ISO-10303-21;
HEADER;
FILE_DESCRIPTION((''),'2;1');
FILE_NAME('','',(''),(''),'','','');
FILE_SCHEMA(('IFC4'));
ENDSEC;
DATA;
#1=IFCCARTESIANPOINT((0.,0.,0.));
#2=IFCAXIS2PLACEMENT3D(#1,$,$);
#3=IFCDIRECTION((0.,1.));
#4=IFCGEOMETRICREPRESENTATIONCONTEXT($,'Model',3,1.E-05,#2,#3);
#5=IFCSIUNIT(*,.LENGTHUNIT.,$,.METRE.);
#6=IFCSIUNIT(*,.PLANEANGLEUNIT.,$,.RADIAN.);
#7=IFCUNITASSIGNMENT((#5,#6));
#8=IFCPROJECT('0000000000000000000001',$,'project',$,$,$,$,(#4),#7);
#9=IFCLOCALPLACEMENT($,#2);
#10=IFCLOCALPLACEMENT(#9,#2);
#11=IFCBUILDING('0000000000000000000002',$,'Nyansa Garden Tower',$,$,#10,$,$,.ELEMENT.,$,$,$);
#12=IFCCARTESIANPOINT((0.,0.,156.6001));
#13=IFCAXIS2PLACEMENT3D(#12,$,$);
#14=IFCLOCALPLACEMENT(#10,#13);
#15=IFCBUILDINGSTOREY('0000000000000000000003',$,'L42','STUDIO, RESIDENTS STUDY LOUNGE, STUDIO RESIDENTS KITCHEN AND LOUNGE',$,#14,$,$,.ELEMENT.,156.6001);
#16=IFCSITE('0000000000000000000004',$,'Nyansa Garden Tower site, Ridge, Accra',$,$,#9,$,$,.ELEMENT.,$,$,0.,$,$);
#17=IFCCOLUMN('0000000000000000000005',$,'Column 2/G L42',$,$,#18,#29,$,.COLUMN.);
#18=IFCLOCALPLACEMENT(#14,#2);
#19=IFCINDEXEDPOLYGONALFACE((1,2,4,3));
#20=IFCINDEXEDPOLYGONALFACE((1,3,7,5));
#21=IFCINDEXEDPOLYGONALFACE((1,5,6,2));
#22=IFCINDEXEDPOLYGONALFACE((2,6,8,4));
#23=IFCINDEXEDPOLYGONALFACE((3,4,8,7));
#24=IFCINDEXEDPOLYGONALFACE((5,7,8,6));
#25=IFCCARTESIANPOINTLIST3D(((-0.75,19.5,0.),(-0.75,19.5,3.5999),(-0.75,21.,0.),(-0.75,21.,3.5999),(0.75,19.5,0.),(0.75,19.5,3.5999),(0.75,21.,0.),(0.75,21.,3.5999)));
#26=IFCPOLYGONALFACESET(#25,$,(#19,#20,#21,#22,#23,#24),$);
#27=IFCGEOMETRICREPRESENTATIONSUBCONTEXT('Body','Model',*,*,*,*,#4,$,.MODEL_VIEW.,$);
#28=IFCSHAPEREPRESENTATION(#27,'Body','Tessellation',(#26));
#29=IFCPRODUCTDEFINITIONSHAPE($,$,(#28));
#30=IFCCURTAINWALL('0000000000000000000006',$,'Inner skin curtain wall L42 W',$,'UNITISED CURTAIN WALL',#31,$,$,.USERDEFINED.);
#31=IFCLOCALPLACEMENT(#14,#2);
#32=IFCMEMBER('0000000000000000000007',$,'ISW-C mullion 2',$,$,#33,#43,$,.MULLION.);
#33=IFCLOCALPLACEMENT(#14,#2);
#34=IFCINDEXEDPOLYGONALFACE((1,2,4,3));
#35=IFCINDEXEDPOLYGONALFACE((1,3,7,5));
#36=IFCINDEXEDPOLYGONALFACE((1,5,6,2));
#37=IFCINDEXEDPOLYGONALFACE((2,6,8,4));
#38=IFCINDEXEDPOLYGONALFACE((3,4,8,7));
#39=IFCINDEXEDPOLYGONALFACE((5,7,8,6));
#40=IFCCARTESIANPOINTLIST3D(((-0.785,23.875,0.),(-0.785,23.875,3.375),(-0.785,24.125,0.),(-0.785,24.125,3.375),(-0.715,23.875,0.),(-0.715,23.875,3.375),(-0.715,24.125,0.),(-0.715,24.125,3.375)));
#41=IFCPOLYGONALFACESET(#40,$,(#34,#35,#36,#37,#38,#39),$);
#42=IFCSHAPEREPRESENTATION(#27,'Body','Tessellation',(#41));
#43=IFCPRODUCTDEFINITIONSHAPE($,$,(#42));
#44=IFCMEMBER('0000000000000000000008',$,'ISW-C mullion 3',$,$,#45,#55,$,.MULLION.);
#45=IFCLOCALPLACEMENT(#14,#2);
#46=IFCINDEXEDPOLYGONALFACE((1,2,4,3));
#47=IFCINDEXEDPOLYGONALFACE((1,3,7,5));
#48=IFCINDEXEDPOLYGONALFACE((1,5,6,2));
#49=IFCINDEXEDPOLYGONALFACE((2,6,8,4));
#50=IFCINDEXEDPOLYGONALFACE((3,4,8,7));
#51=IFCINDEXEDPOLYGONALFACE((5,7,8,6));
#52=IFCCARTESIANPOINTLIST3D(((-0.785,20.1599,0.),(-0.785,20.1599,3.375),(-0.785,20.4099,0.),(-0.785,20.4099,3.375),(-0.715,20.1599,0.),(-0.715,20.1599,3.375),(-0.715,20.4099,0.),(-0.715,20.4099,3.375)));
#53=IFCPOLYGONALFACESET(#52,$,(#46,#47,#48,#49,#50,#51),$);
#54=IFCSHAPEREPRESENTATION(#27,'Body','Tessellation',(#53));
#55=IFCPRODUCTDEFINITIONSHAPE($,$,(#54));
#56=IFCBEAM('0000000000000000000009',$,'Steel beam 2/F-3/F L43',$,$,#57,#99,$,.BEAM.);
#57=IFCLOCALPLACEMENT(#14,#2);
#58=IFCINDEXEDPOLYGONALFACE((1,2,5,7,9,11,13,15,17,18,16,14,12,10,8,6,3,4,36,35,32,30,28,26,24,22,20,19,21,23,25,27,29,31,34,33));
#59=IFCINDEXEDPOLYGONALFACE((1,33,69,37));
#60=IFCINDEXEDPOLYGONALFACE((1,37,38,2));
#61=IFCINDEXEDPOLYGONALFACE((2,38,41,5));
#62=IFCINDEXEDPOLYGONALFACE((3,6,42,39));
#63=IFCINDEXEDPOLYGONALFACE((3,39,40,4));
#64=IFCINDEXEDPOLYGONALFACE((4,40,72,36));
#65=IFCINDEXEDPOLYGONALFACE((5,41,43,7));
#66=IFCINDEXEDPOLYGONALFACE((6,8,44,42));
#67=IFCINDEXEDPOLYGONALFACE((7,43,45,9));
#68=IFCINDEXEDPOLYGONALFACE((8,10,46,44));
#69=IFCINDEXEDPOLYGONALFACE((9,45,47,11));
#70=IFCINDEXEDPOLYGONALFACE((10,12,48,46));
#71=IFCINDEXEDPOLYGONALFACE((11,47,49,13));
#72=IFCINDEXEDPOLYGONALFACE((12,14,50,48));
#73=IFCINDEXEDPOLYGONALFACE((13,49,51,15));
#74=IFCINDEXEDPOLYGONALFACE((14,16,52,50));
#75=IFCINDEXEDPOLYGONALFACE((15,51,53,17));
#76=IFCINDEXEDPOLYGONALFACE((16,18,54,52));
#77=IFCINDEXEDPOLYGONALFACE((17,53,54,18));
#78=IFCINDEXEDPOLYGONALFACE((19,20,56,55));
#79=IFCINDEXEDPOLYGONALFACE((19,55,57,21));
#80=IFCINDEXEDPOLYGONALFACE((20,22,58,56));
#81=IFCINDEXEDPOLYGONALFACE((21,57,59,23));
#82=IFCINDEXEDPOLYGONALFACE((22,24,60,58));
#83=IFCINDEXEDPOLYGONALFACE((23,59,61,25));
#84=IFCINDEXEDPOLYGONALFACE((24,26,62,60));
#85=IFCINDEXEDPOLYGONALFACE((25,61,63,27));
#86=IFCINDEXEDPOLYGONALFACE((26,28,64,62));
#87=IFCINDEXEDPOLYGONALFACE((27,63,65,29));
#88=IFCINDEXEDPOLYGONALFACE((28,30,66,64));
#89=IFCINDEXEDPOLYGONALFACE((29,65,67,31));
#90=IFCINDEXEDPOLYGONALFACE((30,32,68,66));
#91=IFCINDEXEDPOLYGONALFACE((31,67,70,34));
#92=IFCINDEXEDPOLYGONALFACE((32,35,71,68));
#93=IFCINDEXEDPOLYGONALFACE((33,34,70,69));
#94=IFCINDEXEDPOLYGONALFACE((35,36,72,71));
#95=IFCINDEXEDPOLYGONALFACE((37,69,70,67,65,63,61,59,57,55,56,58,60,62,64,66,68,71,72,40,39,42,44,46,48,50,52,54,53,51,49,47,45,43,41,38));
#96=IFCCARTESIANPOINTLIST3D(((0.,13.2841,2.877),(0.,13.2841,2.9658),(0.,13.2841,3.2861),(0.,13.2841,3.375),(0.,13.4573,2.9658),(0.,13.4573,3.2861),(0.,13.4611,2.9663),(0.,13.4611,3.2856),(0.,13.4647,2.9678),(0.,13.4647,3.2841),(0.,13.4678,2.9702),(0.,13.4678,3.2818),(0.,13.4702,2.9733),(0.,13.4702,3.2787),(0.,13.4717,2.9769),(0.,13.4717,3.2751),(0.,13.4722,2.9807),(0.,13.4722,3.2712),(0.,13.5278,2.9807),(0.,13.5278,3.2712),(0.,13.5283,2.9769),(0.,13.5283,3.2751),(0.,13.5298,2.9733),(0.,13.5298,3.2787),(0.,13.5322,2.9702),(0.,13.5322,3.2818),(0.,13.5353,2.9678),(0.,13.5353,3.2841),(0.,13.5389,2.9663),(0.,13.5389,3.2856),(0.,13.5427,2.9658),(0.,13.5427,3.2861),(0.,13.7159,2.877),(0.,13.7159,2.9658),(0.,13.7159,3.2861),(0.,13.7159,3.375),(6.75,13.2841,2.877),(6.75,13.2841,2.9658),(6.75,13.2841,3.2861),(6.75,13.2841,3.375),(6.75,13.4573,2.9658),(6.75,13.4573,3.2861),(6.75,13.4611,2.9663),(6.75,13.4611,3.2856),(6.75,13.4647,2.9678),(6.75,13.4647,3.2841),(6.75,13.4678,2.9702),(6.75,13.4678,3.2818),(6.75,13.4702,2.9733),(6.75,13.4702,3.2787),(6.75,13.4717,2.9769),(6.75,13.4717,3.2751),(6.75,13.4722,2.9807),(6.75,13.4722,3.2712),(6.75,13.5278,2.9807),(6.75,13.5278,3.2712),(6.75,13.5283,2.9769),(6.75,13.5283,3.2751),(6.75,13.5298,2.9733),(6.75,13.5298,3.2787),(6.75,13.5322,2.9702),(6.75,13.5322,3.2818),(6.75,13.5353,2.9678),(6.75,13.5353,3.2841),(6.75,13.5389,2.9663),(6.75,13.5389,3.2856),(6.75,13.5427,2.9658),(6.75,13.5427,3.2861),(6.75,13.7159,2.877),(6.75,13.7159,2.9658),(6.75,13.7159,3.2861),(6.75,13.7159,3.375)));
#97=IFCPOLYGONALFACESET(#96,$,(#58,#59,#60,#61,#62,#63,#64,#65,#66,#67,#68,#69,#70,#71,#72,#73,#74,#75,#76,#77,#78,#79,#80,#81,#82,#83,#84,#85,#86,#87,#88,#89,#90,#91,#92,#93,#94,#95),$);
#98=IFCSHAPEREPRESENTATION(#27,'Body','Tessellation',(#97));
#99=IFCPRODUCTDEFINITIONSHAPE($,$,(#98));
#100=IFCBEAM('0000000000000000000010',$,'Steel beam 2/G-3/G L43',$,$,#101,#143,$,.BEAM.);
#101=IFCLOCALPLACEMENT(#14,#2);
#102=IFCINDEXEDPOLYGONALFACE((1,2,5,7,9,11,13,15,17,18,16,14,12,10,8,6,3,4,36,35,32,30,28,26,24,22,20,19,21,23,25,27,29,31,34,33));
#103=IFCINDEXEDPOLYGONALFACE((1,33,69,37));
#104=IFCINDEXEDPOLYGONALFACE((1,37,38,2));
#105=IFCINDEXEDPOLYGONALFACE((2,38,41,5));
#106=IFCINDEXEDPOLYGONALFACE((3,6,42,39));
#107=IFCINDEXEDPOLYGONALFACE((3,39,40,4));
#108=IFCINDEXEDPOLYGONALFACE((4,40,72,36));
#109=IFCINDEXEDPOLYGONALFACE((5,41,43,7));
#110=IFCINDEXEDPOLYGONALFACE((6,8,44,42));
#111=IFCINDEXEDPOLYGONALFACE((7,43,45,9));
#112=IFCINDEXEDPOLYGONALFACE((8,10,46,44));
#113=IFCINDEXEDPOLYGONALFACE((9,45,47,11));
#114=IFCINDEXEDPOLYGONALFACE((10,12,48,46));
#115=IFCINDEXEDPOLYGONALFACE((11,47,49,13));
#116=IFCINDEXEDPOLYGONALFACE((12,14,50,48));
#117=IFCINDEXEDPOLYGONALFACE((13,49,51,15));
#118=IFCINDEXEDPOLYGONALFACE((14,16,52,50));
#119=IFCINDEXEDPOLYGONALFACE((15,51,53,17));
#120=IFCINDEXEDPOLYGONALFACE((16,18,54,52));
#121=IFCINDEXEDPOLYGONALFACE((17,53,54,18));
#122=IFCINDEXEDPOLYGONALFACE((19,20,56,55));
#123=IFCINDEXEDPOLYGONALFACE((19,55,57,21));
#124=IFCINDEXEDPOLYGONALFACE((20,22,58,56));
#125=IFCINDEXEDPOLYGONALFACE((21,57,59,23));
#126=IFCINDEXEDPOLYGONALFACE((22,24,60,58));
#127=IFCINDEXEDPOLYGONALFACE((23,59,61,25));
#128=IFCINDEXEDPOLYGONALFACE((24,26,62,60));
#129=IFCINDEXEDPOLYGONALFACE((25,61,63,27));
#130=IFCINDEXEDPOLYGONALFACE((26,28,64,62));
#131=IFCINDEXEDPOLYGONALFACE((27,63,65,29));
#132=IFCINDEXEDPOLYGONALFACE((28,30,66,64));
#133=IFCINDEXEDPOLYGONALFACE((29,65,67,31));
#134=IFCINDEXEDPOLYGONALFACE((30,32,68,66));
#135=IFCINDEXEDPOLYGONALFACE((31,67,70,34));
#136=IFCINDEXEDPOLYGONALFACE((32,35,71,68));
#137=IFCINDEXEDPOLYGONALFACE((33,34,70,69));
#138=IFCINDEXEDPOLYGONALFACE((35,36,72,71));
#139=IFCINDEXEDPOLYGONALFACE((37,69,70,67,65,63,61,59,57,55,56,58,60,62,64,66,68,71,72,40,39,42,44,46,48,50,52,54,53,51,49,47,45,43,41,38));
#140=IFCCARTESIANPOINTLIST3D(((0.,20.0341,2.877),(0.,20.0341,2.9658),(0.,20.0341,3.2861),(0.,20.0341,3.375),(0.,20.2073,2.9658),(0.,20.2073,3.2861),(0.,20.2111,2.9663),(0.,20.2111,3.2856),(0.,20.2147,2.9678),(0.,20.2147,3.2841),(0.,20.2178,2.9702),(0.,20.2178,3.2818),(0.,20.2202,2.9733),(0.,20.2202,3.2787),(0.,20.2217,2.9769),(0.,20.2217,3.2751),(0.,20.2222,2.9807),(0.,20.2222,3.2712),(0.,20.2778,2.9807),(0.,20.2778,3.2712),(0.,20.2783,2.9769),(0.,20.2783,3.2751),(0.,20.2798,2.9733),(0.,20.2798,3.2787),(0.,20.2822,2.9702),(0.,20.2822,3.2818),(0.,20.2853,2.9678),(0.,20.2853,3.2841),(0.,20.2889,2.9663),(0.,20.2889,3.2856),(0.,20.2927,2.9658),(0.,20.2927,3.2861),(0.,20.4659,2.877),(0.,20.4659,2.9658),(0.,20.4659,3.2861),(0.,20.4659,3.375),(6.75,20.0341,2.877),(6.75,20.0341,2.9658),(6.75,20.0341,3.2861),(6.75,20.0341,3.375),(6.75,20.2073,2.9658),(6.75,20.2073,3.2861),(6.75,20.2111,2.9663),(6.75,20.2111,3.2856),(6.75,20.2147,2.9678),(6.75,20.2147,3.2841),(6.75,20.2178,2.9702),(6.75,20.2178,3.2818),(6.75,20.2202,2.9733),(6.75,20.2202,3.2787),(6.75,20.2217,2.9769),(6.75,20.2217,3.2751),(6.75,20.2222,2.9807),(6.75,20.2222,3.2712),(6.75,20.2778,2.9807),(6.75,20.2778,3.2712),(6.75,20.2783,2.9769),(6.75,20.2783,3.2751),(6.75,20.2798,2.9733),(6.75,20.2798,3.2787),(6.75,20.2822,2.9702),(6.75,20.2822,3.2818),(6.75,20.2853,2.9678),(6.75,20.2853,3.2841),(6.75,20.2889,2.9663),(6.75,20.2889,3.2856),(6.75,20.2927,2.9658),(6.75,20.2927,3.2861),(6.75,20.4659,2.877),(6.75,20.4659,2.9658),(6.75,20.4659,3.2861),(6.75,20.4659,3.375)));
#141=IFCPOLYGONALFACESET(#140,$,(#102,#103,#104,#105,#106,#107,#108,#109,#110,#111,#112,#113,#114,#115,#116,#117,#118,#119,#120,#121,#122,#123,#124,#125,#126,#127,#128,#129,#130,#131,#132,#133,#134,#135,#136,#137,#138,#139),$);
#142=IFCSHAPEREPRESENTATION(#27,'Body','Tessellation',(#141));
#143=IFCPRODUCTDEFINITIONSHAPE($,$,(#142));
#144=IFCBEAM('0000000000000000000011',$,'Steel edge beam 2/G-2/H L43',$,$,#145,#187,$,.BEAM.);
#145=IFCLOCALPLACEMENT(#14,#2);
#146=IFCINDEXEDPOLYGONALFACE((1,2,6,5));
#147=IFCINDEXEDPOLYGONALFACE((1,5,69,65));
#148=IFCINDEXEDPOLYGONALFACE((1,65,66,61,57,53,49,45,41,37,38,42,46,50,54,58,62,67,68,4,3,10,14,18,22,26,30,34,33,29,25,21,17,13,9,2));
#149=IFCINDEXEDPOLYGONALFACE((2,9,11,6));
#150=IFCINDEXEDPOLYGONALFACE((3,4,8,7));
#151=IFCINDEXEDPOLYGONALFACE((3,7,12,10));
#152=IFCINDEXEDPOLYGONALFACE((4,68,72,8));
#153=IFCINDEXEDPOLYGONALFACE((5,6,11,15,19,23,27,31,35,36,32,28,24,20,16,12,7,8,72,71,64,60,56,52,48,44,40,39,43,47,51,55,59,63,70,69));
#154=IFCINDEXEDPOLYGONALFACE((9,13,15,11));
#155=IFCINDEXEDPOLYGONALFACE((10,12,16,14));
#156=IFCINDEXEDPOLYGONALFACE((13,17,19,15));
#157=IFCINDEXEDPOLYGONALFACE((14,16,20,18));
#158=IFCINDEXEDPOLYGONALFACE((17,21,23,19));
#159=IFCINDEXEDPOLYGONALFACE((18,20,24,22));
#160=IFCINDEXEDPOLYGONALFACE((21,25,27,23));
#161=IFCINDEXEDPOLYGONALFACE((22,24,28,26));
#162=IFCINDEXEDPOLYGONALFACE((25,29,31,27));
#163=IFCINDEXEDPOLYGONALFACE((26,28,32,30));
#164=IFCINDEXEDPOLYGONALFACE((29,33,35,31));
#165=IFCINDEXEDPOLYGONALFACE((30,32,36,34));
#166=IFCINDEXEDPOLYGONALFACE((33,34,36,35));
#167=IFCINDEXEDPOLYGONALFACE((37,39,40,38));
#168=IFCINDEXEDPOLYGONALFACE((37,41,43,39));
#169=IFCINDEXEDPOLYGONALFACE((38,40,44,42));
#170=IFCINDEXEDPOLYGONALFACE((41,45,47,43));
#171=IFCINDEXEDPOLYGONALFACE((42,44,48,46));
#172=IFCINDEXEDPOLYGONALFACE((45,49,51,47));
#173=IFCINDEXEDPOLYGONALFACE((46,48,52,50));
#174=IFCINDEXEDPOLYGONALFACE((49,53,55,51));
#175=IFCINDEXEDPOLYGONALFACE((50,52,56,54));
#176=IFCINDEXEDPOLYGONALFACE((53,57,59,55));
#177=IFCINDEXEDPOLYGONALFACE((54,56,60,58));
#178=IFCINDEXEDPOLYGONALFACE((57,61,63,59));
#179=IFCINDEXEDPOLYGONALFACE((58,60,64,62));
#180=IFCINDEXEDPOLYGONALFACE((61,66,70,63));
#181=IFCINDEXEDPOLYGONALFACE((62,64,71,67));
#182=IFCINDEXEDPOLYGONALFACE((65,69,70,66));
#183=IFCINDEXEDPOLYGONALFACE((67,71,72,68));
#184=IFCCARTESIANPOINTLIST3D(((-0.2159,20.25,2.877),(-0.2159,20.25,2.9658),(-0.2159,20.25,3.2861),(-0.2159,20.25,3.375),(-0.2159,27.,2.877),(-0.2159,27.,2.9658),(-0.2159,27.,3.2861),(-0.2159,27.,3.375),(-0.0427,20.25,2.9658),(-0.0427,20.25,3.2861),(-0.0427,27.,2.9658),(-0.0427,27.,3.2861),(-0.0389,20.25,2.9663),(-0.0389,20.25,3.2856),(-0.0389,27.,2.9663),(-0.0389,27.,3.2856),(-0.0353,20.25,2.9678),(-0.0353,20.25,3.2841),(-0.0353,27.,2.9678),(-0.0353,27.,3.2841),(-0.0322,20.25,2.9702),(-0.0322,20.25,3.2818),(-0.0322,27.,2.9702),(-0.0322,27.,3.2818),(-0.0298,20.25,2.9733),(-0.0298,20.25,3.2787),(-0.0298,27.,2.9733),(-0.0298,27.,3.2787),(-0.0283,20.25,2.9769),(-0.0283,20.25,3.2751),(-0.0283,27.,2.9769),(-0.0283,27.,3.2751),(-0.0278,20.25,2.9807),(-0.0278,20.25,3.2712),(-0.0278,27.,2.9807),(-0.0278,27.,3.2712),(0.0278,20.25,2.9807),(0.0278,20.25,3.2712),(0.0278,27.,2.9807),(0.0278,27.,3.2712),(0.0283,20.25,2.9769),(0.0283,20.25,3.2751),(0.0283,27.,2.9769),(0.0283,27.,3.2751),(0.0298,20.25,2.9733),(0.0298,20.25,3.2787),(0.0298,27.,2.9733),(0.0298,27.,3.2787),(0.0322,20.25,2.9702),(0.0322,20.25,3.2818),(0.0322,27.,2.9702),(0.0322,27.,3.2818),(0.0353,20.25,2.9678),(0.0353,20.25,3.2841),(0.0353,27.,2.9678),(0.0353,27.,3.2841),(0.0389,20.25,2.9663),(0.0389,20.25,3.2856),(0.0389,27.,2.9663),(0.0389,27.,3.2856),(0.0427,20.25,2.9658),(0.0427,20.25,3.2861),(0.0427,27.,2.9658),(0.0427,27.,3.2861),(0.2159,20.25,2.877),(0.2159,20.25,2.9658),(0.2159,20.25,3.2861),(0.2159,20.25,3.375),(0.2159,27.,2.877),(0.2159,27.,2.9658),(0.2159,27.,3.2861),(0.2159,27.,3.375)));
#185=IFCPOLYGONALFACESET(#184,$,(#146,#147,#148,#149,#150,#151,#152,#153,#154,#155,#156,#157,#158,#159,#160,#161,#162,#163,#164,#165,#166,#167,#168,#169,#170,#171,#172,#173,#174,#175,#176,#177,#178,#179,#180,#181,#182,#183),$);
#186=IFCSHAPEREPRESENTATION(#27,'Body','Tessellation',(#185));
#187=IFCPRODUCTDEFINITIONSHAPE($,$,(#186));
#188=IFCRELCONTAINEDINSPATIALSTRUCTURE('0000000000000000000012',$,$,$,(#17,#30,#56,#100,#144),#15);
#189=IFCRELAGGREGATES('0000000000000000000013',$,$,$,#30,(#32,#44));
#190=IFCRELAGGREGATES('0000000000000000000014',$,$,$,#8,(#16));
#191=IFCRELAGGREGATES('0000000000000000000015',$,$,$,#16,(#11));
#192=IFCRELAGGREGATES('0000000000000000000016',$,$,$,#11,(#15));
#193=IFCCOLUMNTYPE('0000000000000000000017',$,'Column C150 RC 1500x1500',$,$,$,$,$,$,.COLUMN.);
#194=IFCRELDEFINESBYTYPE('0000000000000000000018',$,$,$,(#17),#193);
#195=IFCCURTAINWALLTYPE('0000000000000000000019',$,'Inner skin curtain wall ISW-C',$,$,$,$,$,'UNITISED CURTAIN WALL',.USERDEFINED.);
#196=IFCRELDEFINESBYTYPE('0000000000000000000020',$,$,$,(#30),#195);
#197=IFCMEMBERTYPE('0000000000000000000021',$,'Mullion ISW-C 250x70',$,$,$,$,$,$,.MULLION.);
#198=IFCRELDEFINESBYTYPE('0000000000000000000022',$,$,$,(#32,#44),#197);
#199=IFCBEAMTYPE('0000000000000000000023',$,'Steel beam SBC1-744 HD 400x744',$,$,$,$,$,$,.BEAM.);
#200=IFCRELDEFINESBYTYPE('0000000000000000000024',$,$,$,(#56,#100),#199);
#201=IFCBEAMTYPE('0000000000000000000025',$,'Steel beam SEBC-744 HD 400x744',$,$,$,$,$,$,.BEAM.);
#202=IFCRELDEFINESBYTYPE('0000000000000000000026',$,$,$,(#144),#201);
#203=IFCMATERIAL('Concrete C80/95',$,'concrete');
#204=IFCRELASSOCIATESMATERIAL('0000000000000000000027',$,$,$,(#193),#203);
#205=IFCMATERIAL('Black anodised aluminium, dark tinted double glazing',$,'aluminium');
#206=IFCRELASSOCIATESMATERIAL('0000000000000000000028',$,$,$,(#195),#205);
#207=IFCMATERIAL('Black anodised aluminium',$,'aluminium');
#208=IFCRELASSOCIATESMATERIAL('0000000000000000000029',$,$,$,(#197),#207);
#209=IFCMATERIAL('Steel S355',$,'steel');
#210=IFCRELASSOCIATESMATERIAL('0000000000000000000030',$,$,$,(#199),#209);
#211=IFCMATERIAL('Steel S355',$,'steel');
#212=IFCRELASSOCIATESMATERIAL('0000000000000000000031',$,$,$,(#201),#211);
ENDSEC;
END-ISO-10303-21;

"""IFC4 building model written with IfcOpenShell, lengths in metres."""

from ifc_helpers import new_model, si_unit, direction, frame, origin, origin_2d, place, context, subcontext, project, spatial, rectangle, i_section, extrude, material, material_profile, profile_set, type_object, element, aggregate, save


model = new_model("IFC4")

# Units and contexts
model_context = context("Model", 3, precision=1e-05, world=origin(), true_north=direction((0.0, 1.0)))
body_context = subcontext(model_context, "Body", "Model", "MODEL_VIEW")
ifc_project = project(units=[si_unit("LENGTHUNIT", "METRE"), si_unit("PLANEANGLEUNIT", "RADIAN")], contexts=[model_context])

# Site, building, storey
site_placement = place(None, origin())
site = spatial("IfcSite", under=ifc_project, at=site_placement, Name="Nyansa Garden Tower site, Ridge, Accra", CompositionType="ELEMENT", RefElevation=0.0)
building_placement = place(site_placement, origin())
building = spatial("IfcBuilding", under=site, at=building_placement, Name="Nyansa Garden Tower", CompositionType="ELEMENT")
storey_placement = place(building_placement, frame((0.0, 0.0, 156.6001)))
storey = spatial("IfcBuildingStorey", under=building, at=storey_placement, Name="L42", Description="STUDIO, RESIDENTS STUDY LOUNGE, STUDIO RESIDENTS KITCHEN AND LOUNGE", CompositionType="ELEMENT", Elevation=156.6001)

# Column
ifc_material_1 = material(Name="Concrete C80/95", Category="concrete")
ifc_material_profile_1 = material_profile(ifc_material_1, rectangle(XDim=1.5, YDim=1.5, at=origin_2d()), Name="RC 1500x1500")
ifc_profile_set_1 = profile_set([ifc_material_profile_1], Name="Concrete C80/95")
column_type = type_object("IfcColumnType", Name="Column C150 RC 1500x1500", PredefinedType="COLUMN", material=ifc_profile_set_1)
column_placement = place(storey_placement, frame((0.0, 20.25, 0.0), z_axis=(0.0, 0.0, 1.0), x_axis=(1.0, 0.0, 0.0)))
element("IfcColumn", 1, at=column_placement, inside=storey, type_object=column_type, Name="Column 2/G L42", PredefinedType="COLUMN", context=body_context, shape_type="SweptSolid", body=[
    extrude(rectangle(XDim=1.5, YDim=1.5, at=origin_2d()), origin(), (0.0, 0.0, 1.0), 3.5999),
])

# Curtain wall, members
ifc_material_2 = material(Name="Black anodised aluminium, dark tinted double glazing", Category="aluminium")
curtain_wall_type = type_object("IfcCurtainWallType", Name="Inner skin curtain wall ISW-C", ElementType="UNITISED CURTAIN WALL", PredefinedType="USERDEFINED", material=ifc_material_2)
curtain_wall_placement = place(storey_placement, origin())
curtain_wall = element("IfcCurtainWall", 2, at=curtain_wall_placement, inside=storey, type_object=curtain_wall_type, Name="Inner skin curtain wall L42 W", ObjectType="UNITISED CURTAIN WALL", PredefinedType="USERDEFINED")
ifc_material_3 = material(Name="Black anodised aluminium", Category="aluminium")
ifc_material_profile_2 = material_profile(ifc_material_3, rectangle(XDim=0.0701, YDim=0.25, at=origin_2d()), Name="Mullion 250x70")
ifc_profile_set_2 = profile_set([ifc_material_profile_2], Name="Black anodised aluminium")
member_type_1 = type_object("IfcMemberType", Name="Mullion ISW-C 250x70", PredefinedType="MULLION", material=ifc_profile_set_2)
member_1_placement = place(storey_placement, frame((-0.75, 24.0, 0.0), z_axis=(0.0, 0.0, 1.0), x_axis=(1.0, 0.0, 0.0)))
member_1 = element("IfcMember", 3, at=member_1_placement, type_object=member_type_1, Name="ISW-C mullion 2", PredefinedType="MULLION", context=body_context, shape_type="SweptSolid", body=[
    extrude(rectangle(XDim=0.0701, YDim=0.25, at=origin_2d()), origin(), (0.0, 0.0, 1.0), 3.375),
])
member_2_placement = place(storey_placement, frame((-0.75, 20.2849, 0.0), z_axis=(0.0, 0.0, 1.0), x_axis=(1.0, 0.0, 0.0)))
member_2 = element("IfcMember", 4, at=member_2_placement, type_object=member_type_1, Name="ISW-C mullion 3", PredefinedType="MULLION", context=body_context, shape_type="SweptSolid", body=[
    extrude(rectangle(XDim=0.0701, YDim=0.25, at=origin_2d()), origin(), (0.0, 0.0, 1.0), 3.375),
])

# Beams
ifc_material_4 = material(Name="Steel S355", Category="steel")
ifc_material_profile_3 = material_profile(ifc_material_4, i_section(OverallWidth=0.4319, OverallDepth=0.498, WebThickness=0.0557, FlangeThickness=0.0889, FilletRadius=0.0149, at=origin_2d()), Name="HD 400x744")
ifc_profile_set_3 = profile_set([ifc_material_profile_3], Name="Steel S355")
beam_type_1 = type_object("IfcBeamType", Name="Steel beam SBC1-744 HD 400x744", PredefinedType="BEAM", material=ifc_profile_set_3)
for number, where, z_axis, x_axis, name in (
    (5, (0.0, 13.5, 3.126), (1.0, 0.0, 0.0), (0.0, 1.0, 0.0), "Steel beam 2/F-3/F L43"),
    (6, (0.0, 20.25, 3.126), (1.0, 0.0, 0.0), (0.0, 1.0, 0.0), "Steel beam 2/G-3/G L43"),
):
    element("IfcBeam", number, at=place(storey_placement, frame(where, z_axis=z_axis, x_axis=x_axis)), inside=storey, type_object=beam_type_1, Name=name, PredefinedType="BEAM", context=body_context, shape_type="SweptSolid", body=[
        extrude(i_section(OverallWidth=0.4319, OverallDepth=0.498, WebThickness=0.0557, FlangeThickness=0.0889, FilletRadius=0.0149, at=origin_2d()), origin(), (0.0, 0.0, 1.0), 6.75),
    ])
ifc_material_5 = material(Name="Steel S355", Category="steel")
ifc_material_profile_4 = material_profile(ifc_material_5, i_section(OverallWidth=0.4319, OverallDepth=0.498, WebThickness=0.0557, FlangeThickness=0.0889, FilletRadius=0.0149, at=origin_2d()), Name="HD 400x744")
ifc_profile_set_4 = profile_set([ifc_material_profile_4], Name="Steel S355")
beam_type_2 = type_object("IfcBeamType", Name="Steel beam SEBC-744 HD 400x744", PredefinedType="BEAM", material=ifc_profile_set_4)
beam_placement = place(storey_placement, frame((0.0, 20.25, 3.126), z_axis=(0.0, 1.0, 0.0), x_axis=(-1.0, 0.0, 0.0)))
element("IfcBeam", 7, at=beam_placement, inside=storey, type_object=beam_type_2, Name="Steel edge beam 2/G-2/H L43", PredefinedType="BEAM", context=body_context, shape_type="SweptSolid", body=[
    extrude(i_section(OverallWidth=0.4319, OverallDepth=0.498, WebThickness=0.0557, FlangeThickness=0.0889, FilletRadius=0.0149, at=origin_2d()), origin(), (0.0, 0.0, 1.0), 6.75),
])

aggregate(curtain_wall, [member_1, member_2])

save(model, "model.ifc")
